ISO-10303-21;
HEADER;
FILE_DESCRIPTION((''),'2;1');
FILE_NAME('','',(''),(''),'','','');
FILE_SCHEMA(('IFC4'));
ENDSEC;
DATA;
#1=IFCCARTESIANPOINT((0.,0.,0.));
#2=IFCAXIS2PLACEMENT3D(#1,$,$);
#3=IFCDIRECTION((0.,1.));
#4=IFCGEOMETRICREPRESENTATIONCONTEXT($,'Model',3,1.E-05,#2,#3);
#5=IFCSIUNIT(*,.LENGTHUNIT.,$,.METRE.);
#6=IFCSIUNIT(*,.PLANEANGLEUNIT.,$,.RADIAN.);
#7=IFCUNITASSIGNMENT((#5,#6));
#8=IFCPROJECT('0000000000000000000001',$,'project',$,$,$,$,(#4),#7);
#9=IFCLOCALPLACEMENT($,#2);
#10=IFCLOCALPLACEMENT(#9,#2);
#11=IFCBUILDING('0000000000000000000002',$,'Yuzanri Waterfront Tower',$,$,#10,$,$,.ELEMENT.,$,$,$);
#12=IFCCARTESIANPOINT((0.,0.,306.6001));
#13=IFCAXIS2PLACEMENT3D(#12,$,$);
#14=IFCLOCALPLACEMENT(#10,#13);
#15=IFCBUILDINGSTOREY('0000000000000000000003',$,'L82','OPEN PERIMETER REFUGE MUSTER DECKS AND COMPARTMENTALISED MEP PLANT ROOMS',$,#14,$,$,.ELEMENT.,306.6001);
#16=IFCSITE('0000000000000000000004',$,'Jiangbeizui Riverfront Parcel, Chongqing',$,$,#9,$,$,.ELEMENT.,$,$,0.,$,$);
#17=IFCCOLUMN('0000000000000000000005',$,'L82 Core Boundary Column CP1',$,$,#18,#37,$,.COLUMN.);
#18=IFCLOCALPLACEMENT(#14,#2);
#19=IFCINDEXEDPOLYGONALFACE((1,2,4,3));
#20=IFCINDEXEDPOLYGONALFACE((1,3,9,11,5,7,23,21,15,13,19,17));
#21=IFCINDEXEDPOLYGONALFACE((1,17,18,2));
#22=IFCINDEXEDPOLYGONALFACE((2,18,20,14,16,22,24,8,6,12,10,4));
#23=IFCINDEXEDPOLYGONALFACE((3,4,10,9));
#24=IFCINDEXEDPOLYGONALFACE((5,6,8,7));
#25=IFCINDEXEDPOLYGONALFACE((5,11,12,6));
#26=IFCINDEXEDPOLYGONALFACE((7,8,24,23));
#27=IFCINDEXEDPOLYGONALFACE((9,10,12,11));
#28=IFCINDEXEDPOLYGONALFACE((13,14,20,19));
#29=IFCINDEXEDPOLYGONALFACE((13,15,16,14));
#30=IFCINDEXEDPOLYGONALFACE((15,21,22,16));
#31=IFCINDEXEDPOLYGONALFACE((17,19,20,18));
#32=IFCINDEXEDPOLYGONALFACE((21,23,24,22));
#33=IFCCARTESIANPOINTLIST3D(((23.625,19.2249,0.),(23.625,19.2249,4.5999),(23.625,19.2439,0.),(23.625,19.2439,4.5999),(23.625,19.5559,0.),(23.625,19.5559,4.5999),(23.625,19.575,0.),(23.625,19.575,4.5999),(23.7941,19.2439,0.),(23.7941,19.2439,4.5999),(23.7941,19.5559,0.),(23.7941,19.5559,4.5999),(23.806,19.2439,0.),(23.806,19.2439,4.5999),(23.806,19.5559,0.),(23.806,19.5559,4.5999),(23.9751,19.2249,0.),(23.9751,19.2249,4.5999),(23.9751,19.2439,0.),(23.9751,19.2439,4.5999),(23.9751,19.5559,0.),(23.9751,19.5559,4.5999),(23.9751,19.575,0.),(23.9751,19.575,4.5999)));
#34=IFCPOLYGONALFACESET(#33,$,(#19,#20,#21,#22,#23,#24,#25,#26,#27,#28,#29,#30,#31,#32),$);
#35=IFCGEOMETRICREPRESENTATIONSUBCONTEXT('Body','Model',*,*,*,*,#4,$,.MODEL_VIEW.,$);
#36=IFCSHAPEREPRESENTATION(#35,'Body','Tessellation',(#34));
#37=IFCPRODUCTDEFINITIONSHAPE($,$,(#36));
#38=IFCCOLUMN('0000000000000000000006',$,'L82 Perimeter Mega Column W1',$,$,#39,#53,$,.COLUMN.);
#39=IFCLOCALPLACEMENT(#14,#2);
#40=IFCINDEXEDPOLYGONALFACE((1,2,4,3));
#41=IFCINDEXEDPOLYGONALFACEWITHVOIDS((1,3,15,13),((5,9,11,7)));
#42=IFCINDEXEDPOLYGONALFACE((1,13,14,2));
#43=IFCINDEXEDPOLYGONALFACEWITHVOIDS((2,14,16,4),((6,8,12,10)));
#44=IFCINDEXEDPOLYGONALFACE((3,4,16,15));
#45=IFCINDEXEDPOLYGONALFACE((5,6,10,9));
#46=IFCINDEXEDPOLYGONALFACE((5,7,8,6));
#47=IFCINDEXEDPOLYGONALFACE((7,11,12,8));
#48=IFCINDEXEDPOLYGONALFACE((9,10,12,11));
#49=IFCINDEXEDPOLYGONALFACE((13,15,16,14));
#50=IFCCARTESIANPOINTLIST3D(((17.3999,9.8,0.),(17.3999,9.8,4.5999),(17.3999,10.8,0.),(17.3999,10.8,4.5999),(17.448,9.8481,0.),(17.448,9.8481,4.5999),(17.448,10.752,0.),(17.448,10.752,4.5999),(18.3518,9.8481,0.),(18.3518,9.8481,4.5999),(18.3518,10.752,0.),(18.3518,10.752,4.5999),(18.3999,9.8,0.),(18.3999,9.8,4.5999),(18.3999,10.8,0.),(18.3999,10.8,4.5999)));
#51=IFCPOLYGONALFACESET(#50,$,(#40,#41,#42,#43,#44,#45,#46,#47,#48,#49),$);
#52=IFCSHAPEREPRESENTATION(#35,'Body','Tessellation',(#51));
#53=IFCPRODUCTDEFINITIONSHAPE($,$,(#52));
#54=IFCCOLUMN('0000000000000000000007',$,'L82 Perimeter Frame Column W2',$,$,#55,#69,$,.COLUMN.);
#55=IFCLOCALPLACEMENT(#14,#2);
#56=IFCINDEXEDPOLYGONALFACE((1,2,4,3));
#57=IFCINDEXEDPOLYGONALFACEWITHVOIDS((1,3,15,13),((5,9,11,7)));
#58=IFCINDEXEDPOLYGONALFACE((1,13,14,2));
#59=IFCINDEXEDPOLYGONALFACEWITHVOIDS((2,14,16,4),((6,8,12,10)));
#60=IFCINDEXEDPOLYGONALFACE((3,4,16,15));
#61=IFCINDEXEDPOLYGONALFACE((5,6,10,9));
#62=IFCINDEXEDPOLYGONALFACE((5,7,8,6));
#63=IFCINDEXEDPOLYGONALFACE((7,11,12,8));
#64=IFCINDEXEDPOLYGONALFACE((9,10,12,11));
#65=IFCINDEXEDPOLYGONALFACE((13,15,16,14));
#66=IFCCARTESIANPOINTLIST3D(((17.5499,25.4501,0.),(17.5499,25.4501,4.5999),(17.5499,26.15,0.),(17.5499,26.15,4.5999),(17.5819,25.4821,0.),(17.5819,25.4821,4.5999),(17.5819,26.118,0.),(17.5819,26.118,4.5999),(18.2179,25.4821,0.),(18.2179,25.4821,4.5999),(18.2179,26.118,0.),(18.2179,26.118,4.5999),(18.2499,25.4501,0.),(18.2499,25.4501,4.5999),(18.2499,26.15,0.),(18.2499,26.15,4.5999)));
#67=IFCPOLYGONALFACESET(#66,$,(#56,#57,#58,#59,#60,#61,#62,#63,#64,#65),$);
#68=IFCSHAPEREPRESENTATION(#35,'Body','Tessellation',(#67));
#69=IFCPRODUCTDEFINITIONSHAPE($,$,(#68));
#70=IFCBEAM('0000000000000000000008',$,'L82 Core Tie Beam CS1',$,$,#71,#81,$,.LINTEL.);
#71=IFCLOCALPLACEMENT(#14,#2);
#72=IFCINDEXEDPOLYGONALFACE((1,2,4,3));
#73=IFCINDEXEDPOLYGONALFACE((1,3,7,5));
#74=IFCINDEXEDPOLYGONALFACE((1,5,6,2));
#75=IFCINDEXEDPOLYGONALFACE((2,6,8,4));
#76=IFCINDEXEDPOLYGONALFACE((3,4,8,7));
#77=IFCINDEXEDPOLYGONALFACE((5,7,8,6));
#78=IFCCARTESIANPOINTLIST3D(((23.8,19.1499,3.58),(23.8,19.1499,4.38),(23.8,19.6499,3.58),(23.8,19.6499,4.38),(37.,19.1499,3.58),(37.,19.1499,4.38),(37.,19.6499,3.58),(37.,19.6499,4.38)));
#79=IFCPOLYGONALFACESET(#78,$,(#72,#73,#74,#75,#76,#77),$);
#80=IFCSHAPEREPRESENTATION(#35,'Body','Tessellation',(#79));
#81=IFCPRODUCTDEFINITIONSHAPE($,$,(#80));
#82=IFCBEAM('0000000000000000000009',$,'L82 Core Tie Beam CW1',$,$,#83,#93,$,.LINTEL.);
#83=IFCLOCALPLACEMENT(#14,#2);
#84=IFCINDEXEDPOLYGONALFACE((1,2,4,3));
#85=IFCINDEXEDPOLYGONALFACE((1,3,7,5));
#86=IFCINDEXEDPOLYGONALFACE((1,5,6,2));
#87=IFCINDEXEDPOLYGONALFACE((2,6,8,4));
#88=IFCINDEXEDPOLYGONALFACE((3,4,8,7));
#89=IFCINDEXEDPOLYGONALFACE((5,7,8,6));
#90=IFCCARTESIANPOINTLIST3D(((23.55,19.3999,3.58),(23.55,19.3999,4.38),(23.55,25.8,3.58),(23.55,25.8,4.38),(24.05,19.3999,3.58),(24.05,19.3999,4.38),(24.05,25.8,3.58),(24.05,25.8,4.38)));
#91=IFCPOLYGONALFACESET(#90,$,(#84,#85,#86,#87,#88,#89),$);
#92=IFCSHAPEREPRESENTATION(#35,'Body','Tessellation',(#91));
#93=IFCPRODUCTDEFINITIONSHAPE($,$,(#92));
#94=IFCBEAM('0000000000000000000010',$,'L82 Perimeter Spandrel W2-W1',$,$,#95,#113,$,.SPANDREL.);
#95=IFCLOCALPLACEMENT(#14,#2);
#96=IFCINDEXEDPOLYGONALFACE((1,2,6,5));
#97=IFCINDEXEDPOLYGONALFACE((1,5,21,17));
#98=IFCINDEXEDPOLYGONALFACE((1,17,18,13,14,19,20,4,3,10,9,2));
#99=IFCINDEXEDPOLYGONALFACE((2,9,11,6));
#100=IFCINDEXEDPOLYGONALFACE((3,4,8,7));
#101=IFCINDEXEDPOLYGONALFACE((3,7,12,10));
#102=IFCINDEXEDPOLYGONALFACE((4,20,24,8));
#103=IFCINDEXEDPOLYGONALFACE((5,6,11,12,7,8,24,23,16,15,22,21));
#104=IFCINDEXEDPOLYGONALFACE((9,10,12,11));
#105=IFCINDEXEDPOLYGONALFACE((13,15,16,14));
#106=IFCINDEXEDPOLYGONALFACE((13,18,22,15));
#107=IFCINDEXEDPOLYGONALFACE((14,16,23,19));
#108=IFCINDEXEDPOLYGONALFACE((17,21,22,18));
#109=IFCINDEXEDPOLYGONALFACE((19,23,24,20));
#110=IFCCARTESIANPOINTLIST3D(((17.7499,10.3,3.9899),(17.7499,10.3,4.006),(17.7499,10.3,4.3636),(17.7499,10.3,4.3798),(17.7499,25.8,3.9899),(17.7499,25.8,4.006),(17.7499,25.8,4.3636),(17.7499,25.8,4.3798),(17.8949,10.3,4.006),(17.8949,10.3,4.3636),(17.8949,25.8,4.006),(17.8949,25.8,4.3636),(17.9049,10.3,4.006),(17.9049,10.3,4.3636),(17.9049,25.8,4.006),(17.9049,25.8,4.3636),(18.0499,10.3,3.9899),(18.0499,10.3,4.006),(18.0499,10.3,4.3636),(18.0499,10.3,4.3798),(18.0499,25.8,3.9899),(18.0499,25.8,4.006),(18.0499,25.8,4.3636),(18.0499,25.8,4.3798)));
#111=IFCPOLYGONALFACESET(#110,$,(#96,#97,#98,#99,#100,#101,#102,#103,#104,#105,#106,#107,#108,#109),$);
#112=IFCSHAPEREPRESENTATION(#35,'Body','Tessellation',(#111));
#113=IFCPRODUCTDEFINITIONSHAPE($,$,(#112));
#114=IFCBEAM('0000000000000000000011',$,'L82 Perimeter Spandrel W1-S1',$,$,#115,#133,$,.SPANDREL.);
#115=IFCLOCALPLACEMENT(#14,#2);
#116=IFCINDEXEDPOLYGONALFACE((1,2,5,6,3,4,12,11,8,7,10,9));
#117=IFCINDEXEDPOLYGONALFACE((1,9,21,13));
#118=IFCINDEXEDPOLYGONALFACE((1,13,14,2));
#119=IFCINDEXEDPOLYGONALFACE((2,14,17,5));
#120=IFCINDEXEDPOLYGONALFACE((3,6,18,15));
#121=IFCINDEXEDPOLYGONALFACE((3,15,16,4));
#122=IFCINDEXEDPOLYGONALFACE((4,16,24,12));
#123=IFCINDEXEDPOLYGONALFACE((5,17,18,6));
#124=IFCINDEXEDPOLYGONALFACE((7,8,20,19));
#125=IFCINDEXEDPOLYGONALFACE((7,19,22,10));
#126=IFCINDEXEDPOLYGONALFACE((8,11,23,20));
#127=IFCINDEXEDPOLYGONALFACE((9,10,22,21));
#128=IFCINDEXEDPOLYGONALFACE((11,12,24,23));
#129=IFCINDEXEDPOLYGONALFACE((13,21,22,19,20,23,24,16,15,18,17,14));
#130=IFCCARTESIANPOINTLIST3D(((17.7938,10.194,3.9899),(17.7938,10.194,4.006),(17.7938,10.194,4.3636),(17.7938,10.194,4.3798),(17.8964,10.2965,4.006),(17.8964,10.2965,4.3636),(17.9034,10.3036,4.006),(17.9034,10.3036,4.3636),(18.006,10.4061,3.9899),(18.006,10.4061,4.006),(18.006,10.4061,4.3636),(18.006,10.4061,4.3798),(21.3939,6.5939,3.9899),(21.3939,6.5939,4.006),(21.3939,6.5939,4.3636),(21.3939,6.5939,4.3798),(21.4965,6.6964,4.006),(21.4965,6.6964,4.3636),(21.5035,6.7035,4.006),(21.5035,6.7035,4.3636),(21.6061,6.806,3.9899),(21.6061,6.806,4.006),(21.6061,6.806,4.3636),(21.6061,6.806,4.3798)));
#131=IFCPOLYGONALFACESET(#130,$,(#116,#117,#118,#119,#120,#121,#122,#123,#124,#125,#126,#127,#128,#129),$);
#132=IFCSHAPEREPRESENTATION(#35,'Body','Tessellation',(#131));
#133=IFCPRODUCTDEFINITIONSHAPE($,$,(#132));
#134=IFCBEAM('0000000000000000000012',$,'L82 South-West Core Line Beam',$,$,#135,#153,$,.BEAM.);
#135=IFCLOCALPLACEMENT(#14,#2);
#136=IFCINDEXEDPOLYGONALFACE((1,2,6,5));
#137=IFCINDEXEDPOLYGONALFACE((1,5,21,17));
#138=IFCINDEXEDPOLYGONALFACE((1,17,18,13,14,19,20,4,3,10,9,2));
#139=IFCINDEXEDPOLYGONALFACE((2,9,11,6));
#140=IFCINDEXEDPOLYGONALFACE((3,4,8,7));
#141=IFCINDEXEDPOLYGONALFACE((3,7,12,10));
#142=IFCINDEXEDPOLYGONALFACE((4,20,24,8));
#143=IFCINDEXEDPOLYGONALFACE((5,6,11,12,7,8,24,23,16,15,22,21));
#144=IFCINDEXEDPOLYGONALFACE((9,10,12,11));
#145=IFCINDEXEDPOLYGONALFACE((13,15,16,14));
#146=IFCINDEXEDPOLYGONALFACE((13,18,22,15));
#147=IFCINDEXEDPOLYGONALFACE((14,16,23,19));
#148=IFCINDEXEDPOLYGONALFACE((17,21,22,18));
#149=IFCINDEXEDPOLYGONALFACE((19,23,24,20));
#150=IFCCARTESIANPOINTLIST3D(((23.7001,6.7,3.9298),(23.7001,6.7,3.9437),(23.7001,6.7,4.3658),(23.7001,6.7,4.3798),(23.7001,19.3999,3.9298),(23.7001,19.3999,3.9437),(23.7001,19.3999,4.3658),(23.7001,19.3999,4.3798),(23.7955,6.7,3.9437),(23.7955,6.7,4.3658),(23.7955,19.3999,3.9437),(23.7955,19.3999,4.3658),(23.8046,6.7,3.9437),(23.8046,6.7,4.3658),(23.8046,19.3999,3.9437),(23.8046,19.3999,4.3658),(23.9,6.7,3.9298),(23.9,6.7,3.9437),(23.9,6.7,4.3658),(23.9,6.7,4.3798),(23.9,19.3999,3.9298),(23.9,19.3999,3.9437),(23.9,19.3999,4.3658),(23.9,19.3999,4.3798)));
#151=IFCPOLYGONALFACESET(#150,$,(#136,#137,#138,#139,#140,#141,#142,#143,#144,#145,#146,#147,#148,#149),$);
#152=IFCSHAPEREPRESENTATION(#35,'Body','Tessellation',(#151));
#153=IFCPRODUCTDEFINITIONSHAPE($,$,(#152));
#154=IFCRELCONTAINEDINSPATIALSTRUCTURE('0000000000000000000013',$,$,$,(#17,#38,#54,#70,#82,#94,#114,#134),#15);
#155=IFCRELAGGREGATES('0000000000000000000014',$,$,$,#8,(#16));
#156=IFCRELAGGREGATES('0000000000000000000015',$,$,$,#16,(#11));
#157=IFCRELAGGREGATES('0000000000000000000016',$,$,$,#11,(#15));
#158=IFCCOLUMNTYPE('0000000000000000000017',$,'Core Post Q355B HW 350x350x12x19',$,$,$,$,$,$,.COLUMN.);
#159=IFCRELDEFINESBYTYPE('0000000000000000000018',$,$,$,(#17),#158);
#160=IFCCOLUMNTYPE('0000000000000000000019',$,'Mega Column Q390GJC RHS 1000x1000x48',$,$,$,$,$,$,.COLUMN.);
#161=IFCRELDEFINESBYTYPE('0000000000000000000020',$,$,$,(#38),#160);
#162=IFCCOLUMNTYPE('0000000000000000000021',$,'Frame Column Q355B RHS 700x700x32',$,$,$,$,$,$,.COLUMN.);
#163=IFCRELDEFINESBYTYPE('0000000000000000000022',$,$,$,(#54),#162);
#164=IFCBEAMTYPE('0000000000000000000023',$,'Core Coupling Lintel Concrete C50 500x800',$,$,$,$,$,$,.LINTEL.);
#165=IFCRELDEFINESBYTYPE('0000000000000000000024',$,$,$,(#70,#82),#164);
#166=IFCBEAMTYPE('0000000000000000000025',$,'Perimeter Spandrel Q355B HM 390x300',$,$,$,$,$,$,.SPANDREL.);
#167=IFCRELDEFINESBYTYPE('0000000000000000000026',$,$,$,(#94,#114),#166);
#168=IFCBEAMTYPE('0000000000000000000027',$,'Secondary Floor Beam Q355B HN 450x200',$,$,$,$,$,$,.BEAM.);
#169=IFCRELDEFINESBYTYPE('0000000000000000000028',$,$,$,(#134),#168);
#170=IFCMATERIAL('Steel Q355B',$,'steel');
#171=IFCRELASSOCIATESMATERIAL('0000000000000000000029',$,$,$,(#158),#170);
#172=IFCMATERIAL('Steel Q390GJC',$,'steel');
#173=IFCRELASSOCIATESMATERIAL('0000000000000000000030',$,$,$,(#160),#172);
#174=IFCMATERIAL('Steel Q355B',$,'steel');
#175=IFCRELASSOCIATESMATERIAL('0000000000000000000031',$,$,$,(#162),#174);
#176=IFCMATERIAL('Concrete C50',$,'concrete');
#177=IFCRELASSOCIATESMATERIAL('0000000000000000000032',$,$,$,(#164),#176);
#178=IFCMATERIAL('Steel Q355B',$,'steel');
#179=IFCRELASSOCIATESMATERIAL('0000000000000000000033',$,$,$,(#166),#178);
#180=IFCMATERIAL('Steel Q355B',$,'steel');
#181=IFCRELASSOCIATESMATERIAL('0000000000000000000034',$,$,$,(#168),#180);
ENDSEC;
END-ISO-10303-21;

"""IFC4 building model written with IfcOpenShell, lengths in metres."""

from ifc_helpers import new_model, si_unit, direction, frame, origin, origin_2d, place, context, subcontext, project, spatial, rectangle, hollow_rectangle, i_section, extrude, source, transform, mapped, material, material_profile, profile_set, type_object, element, save


model = new_model("IFC4")

# Units and contexts
model_context = context("Model", 3, precision=1e-05, world=origin(), true_north=direction((0.0, 1.0)))
body_context = subcontext(model_context, "Body", "Model", "MODEL_VIEW")
ifc_project = project(units=[si_unit("LENGTHUNIT", "METRE"), si_unit("PLANEANGLEUNIT", "RADIAN")], contexts=[model_context])

# Site, building, storey
site_placement = place(None, origin())
site = spatial("IfcSite", under=ifc_project, at=site_placement, Name="Jiangbeizui Riverfront Parcel, Chongqing", CompositionType="ELEMENT", RefElevation=0.0)
building_placement = place(site_placement, origin())
building = spatial("IfcBuilding", under=site, at=building_placement, Name="Yuzanri Waterfront Tower", CompositionType="ELEMENT")
storey_placement = place(building_placement, frame((0.0, 0.0, 306.6001)))
storey = spatial("IfcBuildingStorey", under=building, at=storey_placement, Name="L82", Description="OPEN PERIMETER REFUGE MUSTER DECKS AND COMPARTMENTALISED MEP PLANT ROOMS", CompositionType="ELEMENT", Elevation=306.6001)

# Columns
ifc_material_1 = material(Name="Steel Q355B", Category="steel")
ifc_material_profile_1 = material_profile(ifc_material_1, i_section(OverallWidth=0.3501, OverallDepth=0.3501, WebThickness=0.012, FlangeThickness=0.019, at=origin_2d()), Name="HW 350x350x12x19")
ifc_profile_set_1 = profile_set([ifc_material_profile_1], Name="Steel Q355B")
column_type_1 = type_object("IfcColumnType", Name="Core Post Q355B HW 350x350x12x19", PredefinedType="COLUMN", material=ifc_profile_set_1)
shared_shape_1 = source(origin(), body_context, "Body", "SweptSolid", [
    extrude(i_section(OverallWidth=0.3501, OverallDepth=0.3501, WebThickness=0.012, FlangeThickness=0.019, at=origin_2d()), origin(), (0.0, 0.0, 1.0), 4.5999),
])
column_1_placement = place(storey_placement, frame((23.8, 19.3999, 0.0), z_axis=(0.0, 0.0, 1.0), x_axis=(1.0, 0.0, 0.0)))
element("IfcColumn", 1, at=column_1_placement, inside=storey, type_object=column_type_1, Name="L82 Core Boundary Column CP1", PredefinedType="COLUMN", context=body_context, shape_type="MappedRepresentation", body=[
    mapped(shared_shape_1, transform((0.0, 0.0, 0.0), scale=1.0)),
])
ifc_material_2 = material(Name="Steel Q390GJC", Category="steel")
ifc_material_profile_2 = material_profile(ifc_material_2, hollow_rectangle(XDim=1.0, YDim=1.0, WallThickness=0.0481, at=origin_2d()), Name="RHS 1000x1000x48")
ifc_profile_set_2 = profile_set([ifc_material_profile_2], Name="Steel Q390GJC")
column_type_2 = type_object("IfcColumnType", Name="Mega Column Q390GJC RHS 1000x1000x48", PredefinedType="COLUMN", material=ifc_profile_set_2)
shared_shape_2 = source(origin(), body_context, "Body", "SweptSolid", [
    extrude(hollow_rectangle(XDim=1.0, YDim=1.0, WallThickness=0.0481, at=origin_2d()), origin(), (0.0, 0.0, 1.0), 4.5999),
])
column_2_placement = place(storey_placement, frame((17.8999, 10.3, 0.0), z_axis=(0.0, 0.0, 1.0), x_axis=(1.0, 0.0, 0.0)))
element("IfcColumn", 2, at=column_2_placement, inside=storey, type_object=column_type_2, Name="L82 Perimeter Mega Column W1", PredefinedType="COLUMN", context=body_context, shape_type="MappedRepresentation", body=[
    mapped(shared_shape_2, transform((0.0, 0.0, 0.0), scale=1.0)),
])
ifc_material_3 = material(Name="Steel Q355B", Category="steel")
ifc_material_profile_3 = material_profile(ifc_material_3, hollow_rectangle(XDim=0.7, YDim=0.7, WallThickness=0.032, at=origin_2d()), Name="RHS 700x700x32")
ifc_profile_set_3 = profile_set([ifc_material_profile_3], Name="Steel Q355B")
column_type_3 = type_object("IfcColumnType", Name="Frame Column Q355B RHS 700x700x32", PredefinedType="COLUMN", material=ifc_profile_set_3)
shared_shape_3 = source(origin(), body_context, "Body", "SweptSolid", [
    extrude(hollow_rectangle(XDim=0.7, YDim=0.7, WallThickness=0.032, at=origin_2d()), origin(), (0.0, 0.0, 1.0), 4.5999),
])
column_3_placement = place(storey_placement, frame((17.8999, 25.8, 0.0), z_axis=(0.0, 0.0, 1.0), x_axis=(1.0, 0.0, 0.0)))
element("IfcColumn", 3, at=column_3_placement, inside=storey, type_object=column_type_3, Name="L82 Perimeter Frame Column W2", PredefinedType="COLUMN", context=body_context, shape_type="MappedRepresentation", body=[
    mapped(shared_shape_3, transform((0.0, 0.0, 0.0), scale=1.0)),
])

# Beams
ifc_material_4 = material(Name="Concrete C50", Category="concrete")
ifc_material_profile_4 = material_profile(ifc_material_4, rectangle(XDim=0.5, YDim=0.8, at=origin_2d()), Name="RC 500x800")
ifc_profile_set_4 = profile_set([ifc_material_profile_4], Name="Concrete C50")
beam_type_1 = type_object("IfcBeamType", Name="Core Coupling Lintel Concrete C50 500x800", PredefinedType="LINTEL", material=ifc_profile_set_4)
shared_shape_4 = source(origin(), body_context, "Body", "SweptSolid", [
    extrude(rectangle(XDim=0.5, YDim=0.8, at=origin_2d()), origin(), (0.0, 0.0, 1.0), 13.2),
])
beam_1_placement = place(storey_placement, frame((23.8, 19.3999, 3.98), z_axis=(1.0, 0.0, 0.0), x_axis=(0.0, 1.0, 0.0)))
element("IfcBeam", 4, at=beam_1_placement, inside=storey, type_object=beam_type_1, Name="L82 Core Tie Beam CS1", PredefinedType="LINTEL", context=body_context, shape_type="MappedRepresentation", body=[
    mapped(shared_shape_4, transform((0.0, 0.0, 0.0), scale=1.0)),
])
shared_shape_5 = source(origin(), body_context, "Body", "SweptSolid", [
    extrude(rectangle(XDim=0.5, YDim=0.8, at=origin_2d()), origin(), (0.0, 0.0, 1.0), 6.4001),
])
beam_2_placement = place(storey_placement, frame((23.8, 19.3999, 3.98), z_axis=(0.0, 1.0, 0.0), x_axis=(-1.0, 0.0, 0.0)))
element("IfcBeam", 5, at=beam_2_placement, inside=storey, type_object=beam_type_1, Name="L82 Core Tie Beam CW1", PredefinedType="LINTEL", context=body_context, shape_type="MappedRepresentation", body=[
    mapped(shared_shape_5, transform((0.0, 0.0, 0.0), scale=1.0)),
])
ifc_material_5 = material(Name="Steel Q355B", Category="steel")
ifc_material_profile_5 = material_profile(ifc_material_5, i_section(OverallWidth=0.3, OverallDepth=0.3899, WebThickness=0.01, FlangeThickness=0.0161, at=origin_2d()), Name="HM 390x300x10x16")
ifc_profile_set_5 = profile_set([ifc_material_profile_5], Name="Steel Q355B")
beam_type_2 = type_object("IfcBeamType", Name="Perimeter Spandrel Q355B HM 390x300", PredefinedType="SPANDREL", material=ifc_profile_set_5)
shared_shape_6 = source(origin(), body_context, "Body", "SweptSolid", [
    extrude(i_section(OverallWidth=0.3, OverallDepth=0.3899, WebThickness=0.01, FlangeThickness=0.0161, at=origin_2d()), origin(), (0.0, 0.0, 1.0), 15.5),
])
beam_3_placement = place(storey_placement, frame((17.8999, 25.8, 4.1848), z_axis=(0.0, -1.0, 0.0), x_axis=(1.0, 0.0, 0.0)))
element("IfcBeam", 6, at=beam_3_placement, inside=storey, type_object=beam_type_2, Name="L82 Perimeter Spandrel W2-W1", PredefinedType="SPANDREL", context=body_context, shape_type="MappedRepresentation", body=[
    mapped(shared_shape_6, transform((0.0, 0.0, 0.0), scale=1.0)),
])
shared_shape_7 = source(origin(), body_context, "Body", "SweptSolid", [
    extrude(i_section(OverallWidth=0.3, OverallDepth=0.3899, WebThickness=0.01, FlangeThickness=0.0161, at=origin_2d()), origin(), (0.0, 0.0, 1.0), 5.0913),
])
beam_4_placement = place(storey_placement, frame((17.8999, 10.3, 4.1848), z_axis=(0.707107, -0.707107, 0.0), x_axis=(0.707107, 0.707107, 0.0)))
element("IfcBeam", 7, at=beam_4_placement, inside=storey, type_object=beam_type_2, Name="L82 Perimeter Spandrel W1-S1", PredefinedType="SPANDREL", context=body_context, shape_type="MappedRepresentation", body=[
    mapped(shared_shape_7, transform((0.0, 0.0, 0.0), scale=1.0)),
])
ifc_material_6 = material(Name="Steel Q355B", Category="steel")
ifc_material_profile_6 = material_profile(ifc_material_6, i_section(OverallWidth=0.2, OverallDepth=0.45, WebThickness=0.009, FlangeThickness=0.0139, at=origin_2d()), Name="HN 450x200x9x14")
ifc_profile_set_6 = profile_set([ifc_material_profile_6], Name="Steel Q355B")
beam_type_3 = type_object("IfcBeamType", Name="Secondary Floor Beam Q355B HN 450x200", PredefinedType="BEAM", material=ifc_profile_set_6)
shared_shape_8 = source(origin(), body_context, "Body", "SweptSolid", [
    extrude(i_section(OverallWidth=0.2, OverallDepth=0.45, WebThickness=0.009, FlangeThickness=0.0139, at=origin_2d()), origin(), (0.0, 0.0, 1.0), 12.7),
])
beam_5_placement = place(storey_placement, frame((23.8, 19.3999, 4.1548), z_axis=(0.0, -1.0, 0.0), x_axis=(1.0, 0.0, 0.0)))
element("IfcBeam", 8, at=beam_5_placement, inside=storey, type_object=beam_type_3, Name="L82 South-West Core Line Beam", PredefinedType="BEAM", context=body_context, shape_type="MappedRepresentation", body=[
    mapped(shared_shape_8, transform((0.0, 0.0, 0.0), scale=1.0)),
])

save(model, "model.ifc")
